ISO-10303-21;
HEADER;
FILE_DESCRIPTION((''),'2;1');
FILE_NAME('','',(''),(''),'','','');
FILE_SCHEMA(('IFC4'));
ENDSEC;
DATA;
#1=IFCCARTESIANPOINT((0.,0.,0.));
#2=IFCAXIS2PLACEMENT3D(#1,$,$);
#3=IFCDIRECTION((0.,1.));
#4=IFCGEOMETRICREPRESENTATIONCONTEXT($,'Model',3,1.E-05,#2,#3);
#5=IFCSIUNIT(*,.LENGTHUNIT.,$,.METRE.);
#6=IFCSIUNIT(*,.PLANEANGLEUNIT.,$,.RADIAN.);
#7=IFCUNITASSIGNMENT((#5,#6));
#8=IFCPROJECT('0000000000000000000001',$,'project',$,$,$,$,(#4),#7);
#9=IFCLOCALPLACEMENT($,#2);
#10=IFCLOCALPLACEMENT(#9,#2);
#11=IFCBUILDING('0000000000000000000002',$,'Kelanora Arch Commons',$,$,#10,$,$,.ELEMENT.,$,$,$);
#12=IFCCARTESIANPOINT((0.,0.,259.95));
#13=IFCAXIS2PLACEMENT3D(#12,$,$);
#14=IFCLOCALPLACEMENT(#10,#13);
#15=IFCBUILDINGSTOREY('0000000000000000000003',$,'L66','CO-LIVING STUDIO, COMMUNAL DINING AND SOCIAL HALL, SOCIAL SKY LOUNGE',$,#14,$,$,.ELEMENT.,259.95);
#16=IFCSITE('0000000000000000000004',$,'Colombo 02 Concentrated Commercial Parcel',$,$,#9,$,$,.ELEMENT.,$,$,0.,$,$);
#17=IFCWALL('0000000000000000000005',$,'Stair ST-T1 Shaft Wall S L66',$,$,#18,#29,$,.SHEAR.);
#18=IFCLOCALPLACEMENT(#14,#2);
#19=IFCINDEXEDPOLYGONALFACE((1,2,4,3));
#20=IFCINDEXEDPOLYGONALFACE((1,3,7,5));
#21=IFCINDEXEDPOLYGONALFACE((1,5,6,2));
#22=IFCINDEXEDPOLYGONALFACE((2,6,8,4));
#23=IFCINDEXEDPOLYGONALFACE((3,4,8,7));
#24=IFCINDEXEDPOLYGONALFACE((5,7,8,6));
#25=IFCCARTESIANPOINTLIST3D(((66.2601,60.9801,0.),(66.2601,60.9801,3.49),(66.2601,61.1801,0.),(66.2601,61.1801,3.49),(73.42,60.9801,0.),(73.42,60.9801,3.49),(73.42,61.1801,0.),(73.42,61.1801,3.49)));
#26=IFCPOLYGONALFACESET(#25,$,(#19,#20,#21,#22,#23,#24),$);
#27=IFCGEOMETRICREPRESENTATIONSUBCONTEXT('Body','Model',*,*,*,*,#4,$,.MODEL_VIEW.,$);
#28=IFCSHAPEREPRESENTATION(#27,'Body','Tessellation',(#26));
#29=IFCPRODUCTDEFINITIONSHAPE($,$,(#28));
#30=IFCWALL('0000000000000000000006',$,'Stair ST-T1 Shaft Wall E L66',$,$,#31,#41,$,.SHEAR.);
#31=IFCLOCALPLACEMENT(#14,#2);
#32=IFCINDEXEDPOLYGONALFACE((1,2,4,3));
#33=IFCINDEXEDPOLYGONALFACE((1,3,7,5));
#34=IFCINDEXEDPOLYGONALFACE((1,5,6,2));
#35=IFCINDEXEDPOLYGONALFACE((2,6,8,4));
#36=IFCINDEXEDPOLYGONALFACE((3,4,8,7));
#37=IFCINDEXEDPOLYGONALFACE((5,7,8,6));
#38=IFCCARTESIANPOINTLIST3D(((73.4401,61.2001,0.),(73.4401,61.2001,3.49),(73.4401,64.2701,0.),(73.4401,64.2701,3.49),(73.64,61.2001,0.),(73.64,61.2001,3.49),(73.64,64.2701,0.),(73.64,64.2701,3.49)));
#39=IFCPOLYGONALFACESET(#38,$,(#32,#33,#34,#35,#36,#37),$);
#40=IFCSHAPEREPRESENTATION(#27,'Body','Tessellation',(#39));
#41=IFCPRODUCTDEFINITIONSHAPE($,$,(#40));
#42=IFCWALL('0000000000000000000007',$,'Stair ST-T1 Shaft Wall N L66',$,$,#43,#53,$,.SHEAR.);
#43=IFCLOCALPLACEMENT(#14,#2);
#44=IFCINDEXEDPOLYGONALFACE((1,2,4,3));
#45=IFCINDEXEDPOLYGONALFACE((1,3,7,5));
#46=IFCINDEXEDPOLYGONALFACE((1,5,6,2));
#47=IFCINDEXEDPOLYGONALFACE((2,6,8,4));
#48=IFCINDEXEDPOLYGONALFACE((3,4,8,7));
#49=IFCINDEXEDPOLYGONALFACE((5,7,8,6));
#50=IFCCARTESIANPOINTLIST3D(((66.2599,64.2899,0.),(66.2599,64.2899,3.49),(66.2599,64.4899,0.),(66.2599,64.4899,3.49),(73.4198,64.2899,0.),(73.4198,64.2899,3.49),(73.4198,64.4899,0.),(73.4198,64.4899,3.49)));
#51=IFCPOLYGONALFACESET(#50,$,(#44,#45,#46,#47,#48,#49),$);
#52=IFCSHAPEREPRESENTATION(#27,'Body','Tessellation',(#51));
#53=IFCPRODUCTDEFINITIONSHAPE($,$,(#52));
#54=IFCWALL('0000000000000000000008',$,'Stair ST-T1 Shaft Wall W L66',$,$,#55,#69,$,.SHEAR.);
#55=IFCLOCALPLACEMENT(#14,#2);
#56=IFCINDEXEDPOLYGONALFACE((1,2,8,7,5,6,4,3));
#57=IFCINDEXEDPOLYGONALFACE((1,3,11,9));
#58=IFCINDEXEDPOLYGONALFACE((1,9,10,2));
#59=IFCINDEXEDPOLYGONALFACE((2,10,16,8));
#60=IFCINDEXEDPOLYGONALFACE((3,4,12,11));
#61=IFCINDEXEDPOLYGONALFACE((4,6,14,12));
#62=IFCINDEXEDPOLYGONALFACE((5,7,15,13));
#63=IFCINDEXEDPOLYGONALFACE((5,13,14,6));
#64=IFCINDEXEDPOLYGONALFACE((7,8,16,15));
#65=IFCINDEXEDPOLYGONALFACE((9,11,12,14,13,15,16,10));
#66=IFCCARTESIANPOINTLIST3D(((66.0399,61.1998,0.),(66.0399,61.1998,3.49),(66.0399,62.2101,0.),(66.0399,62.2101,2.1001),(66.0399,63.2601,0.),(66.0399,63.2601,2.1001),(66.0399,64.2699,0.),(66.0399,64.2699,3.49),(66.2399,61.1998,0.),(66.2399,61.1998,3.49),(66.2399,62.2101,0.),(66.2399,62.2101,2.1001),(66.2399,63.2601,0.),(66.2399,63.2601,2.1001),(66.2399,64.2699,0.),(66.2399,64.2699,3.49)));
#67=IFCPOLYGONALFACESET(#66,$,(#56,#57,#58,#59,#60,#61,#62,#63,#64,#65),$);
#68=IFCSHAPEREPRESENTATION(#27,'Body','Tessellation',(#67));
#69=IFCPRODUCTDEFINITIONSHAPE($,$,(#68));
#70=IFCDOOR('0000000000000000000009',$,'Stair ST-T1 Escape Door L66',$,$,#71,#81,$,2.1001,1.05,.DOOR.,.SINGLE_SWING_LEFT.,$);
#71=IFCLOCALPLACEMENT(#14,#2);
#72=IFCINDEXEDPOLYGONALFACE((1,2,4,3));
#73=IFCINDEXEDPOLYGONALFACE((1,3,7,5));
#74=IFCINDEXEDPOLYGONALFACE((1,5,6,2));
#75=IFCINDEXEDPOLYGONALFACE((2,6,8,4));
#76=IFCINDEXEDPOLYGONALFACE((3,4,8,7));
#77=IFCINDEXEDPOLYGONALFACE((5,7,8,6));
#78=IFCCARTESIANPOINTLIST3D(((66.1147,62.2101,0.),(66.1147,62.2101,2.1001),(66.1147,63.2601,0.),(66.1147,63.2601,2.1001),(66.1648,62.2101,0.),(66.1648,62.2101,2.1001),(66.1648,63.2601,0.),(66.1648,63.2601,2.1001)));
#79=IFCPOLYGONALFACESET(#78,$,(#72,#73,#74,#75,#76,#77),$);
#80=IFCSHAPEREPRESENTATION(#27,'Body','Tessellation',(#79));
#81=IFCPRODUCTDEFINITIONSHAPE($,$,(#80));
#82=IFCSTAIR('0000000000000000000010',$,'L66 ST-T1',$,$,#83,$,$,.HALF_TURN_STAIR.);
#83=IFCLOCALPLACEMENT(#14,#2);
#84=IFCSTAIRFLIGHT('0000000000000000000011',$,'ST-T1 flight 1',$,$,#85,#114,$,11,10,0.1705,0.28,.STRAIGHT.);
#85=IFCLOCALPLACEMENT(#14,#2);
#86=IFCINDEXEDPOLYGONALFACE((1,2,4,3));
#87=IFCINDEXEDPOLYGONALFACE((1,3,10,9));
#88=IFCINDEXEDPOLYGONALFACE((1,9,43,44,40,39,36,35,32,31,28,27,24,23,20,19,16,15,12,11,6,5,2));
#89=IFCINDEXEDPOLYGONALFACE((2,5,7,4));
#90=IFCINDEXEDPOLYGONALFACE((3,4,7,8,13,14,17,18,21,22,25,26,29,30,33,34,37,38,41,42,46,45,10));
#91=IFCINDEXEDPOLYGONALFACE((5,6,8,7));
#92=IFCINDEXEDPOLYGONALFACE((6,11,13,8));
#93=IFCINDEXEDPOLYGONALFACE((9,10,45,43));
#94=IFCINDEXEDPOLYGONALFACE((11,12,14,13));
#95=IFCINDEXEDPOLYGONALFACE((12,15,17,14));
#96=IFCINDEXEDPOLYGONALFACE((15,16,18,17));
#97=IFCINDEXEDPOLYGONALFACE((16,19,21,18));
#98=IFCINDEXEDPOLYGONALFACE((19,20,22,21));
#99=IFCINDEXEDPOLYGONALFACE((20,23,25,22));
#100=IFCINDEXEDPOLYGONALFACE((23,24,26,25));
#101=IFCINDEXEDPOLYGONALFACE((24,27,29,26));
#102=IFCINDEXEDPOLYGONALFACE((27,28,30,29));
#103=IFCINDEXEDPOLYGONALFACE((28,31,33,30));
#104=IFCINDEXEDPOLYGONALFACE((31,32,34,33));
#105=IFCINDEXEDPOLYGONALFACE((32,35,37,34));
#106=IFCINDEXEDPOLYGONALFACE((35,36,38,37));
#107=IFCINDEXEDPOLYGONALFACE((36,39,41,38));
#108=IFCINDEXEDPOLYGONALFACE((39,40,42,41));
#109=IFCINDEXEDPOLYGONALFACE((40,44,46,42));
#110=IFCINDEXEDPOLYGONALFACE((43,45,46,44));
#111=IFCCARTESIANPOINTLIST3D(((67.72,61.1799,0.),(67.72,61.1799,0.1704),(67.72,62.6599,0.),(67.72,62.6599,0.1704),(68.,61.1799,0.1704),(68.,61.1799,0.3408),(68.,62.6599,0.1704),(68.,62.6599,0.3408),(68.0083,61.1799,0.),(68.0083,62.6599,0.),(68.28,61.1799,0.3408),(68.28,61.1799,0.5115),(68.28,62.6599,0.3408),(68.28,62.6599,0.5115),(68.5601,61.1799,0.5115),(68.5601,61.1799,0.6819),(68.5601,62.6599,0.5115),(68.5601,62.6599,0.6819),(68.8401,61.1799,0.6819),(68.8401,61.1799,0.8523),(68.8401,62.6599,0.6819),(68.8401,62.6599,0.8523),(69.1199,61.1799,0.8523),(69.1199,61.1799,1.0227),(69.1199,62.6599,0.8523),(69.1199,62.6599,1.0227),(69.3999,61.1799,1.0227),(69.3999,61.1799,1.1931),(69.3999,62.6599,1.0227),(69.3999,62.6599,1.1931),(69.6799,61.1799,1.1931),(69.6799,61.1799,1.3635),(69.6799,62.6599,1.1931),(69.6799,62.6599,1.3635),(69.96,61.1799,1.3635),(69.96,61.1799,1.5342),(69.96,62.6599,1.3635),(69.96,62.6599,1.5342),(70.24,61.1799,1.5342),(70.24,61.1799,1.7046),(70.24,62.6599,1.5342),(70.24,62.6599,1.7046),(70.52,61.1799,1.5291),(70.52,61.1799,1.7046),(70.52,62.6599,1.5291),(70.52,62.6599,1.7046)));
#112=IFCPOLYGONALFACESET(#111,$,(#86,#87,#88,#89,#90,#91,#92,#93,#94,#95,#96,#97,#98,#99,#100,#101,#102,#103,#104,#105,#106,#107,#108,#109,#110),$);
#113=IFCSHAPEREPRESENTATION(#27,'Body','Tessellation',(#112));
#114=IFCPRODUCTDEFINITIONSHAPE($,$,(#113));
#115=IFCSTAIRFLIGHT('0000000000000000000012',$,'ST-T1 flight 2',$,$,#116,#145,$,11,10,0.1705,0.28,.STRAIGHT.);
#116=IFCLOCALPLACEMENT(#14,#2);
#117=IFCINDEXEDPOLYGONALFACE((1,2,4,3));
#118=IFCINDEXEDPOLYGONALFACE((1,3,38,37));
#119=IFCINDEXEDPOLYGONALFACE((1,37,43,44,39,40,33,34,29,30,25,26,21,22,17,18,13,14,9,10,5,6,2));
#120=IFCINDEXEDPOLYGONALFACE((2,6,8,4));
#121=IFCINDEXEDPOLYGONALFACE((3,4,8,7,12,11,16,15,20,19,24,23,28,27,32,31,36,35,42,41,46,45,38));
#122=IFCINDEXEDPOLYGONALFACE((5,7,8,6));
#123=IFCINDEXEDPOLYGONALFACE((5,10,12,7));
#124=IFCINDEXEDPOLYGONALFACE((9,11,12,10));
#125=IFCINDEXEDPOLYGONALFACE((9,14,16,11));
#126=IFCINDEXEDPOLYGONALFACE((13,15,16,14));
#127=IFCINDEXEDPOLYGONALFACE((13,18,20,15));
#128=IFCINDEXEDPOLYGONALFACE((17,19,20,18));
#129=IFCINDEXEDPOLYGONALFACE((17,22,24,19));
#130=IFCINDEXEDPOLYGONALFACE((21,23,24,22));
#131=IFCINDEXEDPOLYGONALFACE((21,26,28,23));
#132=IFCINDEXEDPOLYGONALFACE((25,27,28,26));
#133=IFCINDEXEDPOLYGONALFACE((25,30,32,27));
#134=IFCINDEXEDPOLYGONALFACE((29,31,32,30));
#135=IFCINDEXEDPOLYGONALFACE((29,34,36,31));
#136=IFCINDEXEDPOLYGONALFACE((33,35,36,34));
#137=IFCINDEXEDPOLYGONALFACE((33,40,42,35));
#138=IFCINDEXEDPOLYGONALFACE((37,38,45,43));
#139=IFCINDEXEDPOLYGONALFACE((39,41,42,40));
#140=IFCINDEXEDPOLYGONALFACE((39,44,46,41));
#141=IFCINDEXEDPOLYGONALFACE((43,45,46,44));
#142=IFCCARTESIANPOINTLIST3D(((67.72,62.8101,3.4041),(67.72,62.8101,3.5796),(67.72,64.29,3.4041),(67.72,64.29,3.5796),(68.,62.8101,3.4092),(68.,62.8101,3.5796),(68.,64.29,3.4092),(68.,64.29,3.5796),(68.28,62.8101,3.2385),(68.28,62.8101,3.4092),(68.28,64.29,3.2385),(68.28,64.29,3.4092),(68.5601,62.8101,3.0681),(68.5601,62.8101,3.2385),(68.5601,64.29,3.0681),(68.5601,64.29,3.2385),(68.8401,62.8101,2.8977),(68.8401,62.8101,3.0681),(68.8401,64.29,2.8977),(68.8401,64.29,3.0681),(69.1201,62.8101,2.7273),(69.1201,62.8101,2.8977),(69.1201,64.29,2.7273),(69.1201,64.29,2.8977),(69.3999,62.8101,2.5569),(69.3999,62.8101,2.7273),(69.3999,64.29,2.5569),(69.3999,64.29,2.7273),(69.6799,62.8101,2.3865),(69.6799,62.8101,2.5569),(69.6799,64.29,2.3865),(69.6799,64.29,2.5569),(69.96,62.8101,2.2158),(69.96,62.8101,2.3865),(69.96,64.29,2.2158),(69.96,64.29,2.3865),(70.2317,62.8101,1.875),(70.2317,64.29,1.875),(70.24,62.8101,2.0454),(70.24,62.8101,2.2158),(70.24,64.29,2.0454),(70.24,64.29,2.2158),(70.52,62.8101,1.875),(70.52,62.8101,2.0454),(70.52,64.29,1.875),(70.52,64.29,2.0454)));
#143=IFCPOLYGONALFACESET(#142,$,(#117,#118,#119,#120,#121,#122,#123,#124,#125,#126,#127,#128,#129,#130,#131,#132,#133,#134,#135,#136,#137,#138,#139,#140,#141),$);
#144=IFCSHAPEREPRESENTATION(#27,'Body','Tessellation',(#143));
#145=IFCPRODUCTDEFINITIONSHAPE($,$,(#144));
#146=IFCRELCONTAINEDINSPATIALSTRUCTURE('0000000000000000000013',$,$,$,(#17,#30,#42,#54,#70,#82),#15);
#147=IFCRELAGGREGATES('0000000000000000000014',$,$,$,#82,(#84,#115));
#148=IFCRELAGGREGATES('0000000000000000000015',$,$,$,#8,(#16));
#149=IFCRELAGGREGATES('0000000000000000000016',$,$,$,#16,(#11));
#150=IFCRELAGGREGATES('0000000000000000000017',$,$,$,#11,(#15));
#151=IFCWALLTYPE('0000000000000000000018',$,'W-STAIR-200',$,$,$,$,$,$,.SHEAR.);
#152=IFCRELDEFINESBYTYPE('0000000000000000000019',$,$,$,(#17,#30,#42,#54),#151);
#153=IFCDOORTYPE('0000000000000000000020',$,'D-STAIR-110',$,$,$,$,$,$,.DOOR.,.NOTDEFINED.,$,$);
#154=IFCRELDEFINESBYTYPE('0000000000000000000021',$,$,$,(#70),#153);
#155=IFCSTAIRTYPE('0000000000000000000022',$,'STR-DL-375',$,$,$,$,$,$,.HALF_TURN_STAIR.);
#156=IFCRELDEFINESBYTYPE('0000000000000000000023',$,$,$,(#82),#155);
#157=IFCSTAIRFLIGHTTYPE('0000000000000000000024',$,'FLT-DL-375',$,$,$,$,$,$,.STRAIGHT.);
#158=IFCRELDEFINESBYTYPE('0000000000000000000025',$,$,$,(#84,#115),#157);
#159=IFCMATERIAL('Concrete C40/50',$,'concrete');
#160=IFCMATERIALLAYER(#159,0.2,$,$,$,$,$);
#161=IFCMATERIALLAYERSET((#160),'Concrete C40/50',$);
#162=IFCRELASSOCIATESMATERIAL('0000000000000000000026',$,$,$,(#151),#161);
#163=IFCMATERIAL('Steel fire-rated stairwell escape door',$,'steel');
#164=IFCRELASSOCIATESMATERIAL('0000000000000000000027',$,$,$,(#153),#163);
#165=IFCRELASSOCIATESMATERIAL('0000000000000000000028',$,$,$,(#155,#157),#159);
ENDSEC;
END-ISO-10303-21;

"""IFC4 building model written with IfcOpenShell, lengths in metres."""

from ifc_helpers import new_model, si_unit, direction, frame, frame_2d, origin, place, context, subcontext, project, spatial, polyline, rectangle, outline, extrude, material, layer, layer_set, type_object, element, fill, aggregate, save


model = new_model("IFC4")

# Units and contexts
model_context = context("Model", 3, precision=1e-05, world=origin(), true_north=direction((0.0, 1.0)))
body_context = subcontext(model_context, "Body", "Model", "MODEL_VIEW")
ifc_project = project(units=[si_unit("LENGTHUNIT", "METRE"), si_unit("PLANEANGLEUNIT", "RADIAN")], contexts=[model_context])

# Site, building, storey
site_placement = place(None, origin())
site = spatial("IfcSite", under=ifc_project, at=site_placement, Name="Colombo 02 Concentrated Commercial Parcel", CompositionType="ELEMENT", RefElevation=0.0)
building_placement = place(site_placement, origin())
building = spatial("IfcBuilding", under=site, at=building_placement, Name="Kelanora Arch Commons", CompositionType="ELEMENT")
storey_placement = place(building_placement, frame((0.0, 0.0, 259.95)))
storey = spatial("IfcBuildingStorey", under=building, at=storey_placement, Name="L66", Description="CO-LIVING STUDIO, COMMUNAL DINING AND SOCIAL HALL, SOCIAL SKY LOUNGE", CompositionType="ELEMENT", Elevation=259.95)

# Walls
ifc_material_1 = material(Name="Concrete C40/50", Category="concrete")
ifc_layer_1 = layer(ifc_material_1, 0.2)
ifc_layer_set_1 = layer_set([ifc_layer_1], Name="Concrete C40/50")
wall_type_1 = type_object("IfcWallType", Name="W-STAIR-200", PredefinedType="SHEAR", material=ifc_layer_set_1)
wall_1_placement = place(storey_placement, frame((66.26, 61.0801, 0.0), z_axis=(0.0, 0.0, 1.0), x_axis=(1.0, 0.0, 0.0)))
element("IfcWall", 1, at=wall_1_placement, inside=storey, type_object=wall_type_1, Name="Stair ST-T1 Shaft Wall S L66", PredefinedType="SHEAR", context=body_context, shape_type="SweptSolid", body=[
    extrude(rectangle(XDim=7.1599, YDim=0.2, at=frame_2d((3.5801, 0.0))), origin(), (0.0, 0.0, 1.0), 3.49),
])
wall_2_placement = place(storey_placement, frame((73.54, 61.2, 0.0), z_axis=(0.0, 0.0, 1.0), x_axis=(0.0, 1.0, 0.0)))
element("IfcWall", 2, at=wall_2_placement, inside=storey, type_object=wall_type_1, Name="Stair ST-T1 Shaft Wall E L66", PredefinedType="SHEAR", context=body_context, shape_type="SweptSolid", body=[
    extrude(rectangle(XDim=3.0701, YDim=0.2, at=frame_2d((1.5352, 0.0))), origin(), (0.0, 0.0, 1.0), 3.49),
])
wall_3_placement = place(storey_placement, frame((73.4199, 64.3899, 0.0), z_axis=(0.0, 0.0, 1.0), x_axis=(-1.0, 0.0, 0.0)))
element("IfcWall", 3, at=wall_3_placement, inside=storey, type_object=wall_type_1, Name="Stair ST-T1 Shaft Wall N L66", PredefinedType="SHEAR", context=body_context, shape_type="SweptSolid", body=[
    extrude(rectangle(XDim=7.1599, YDim=0.2, at=frame_2d((3.5801, 0.0))), origin(), (0.0, 0.0, 1.0), 3.49),
])

# Wall, opening, door
wall_4_placement = place(storey_placement, frame((66.1399, 64.27, 0.0), z_axis=(0.0, 0.0, 1.0), x_axis=(0.0, -1.0, 0.0)))
wall_4 = element("IfcWall", 4, at=wall_4_placement, inside=storey, type_object=wall_type_1, Name="Stair ST-T1 Shaft Wall W L66", PredefinedType="SHEAR", context=body_context, shape_type="SweptSolid", body=[
    extrude(rectangle(XDim=3.0701, YDim=0.2, at=frame_2d((1.5352, 0.0))), origin(), (0.0, 0.0, 1.0), 3.49),
])
opening_1_placement = place(wall_4_placement, frame((1.01, 0.0, 0.0)))
opening_1 = element("IfcOpeningElement", 5, at=opening_1_placement, cuts=wall_4, PredefinedType="OPENING", context=body_context, shape_type="SweptSolid", body=[
    extrude(rectangle(XDim=1.05, YDim=2.1001, at=frame_2d((0.5249, 1.05))), frame((0.0, 0.1099, 0.0), z_axis=(0.0, -1.0, 0.0), x_axis=(1.0, 0.0, 0.0)), (0.0, 0.0, 1.0), 0.22),
])
ifc_material_2 = material(Name="Steel fire-rated stairwell escape door", Category="steel")
door_type_1 = type_object("IfcDoorType", Name="D-STAIR-110", OperationType="NOTDEFINED", PredefinedType="DOOR", material=ifc_material_2)
door_1_placement = place(opening_1_placement, origin())
door_1 = element("IfcDoor", 6, at=door_1_placement, inside=storey, type_object=door_type_1, Name="Stair ST-T1 Escape Door L66", OperationType="SINGLE_SWING_LEFT", OverallHeight=2.1001, OverallWidth=1.05, PredefinedType="DOOR", context=body_context, shape_type="SweptSolid", body=[
    extrude(rectangle(XDim=1.05, YDim=2.1001, at=frame_2d((0.5249, 1.05))), frame((0.0, 0.0249, 0.0), z_axis=(0.0, -1.0, 0.0), x_axis=(1.0, 0.0, 0.0)), (0.0, 0.0, 1.0), 0.05),
])
fill(opening_1, door_1)

# Stair, stair flights
stair_type = type_object("IfcStairType", Name="STR-DL-375", PredefinedType="HALF_TURN_STAIR", material=ifc_material_1)
stair_placement = place(storey_placement, origin())
stair = element("IfcStair", 7, at=stair_placement, inside=storey, type_object=stair_type, Name="L66 ST-T1", PredefinedType="HALF_TURN_STAIR")
stair_flight_type = type_object("IfcStairFlightType", Name="FLT-DL-375", PredefinedType="STRAIGHT", material=ifc_material_1)
stair_flight_1_placement = place(storey_placement, frame((67.72, 61.9199, 0.0), z_axis=(0.0, 0.0, 1.0), x_axis=(1.0, 0.0, 0.0)))
stair_flight_1 = element("IfcStairFlight", 8, at=stair_flight_1_placement, type_object=stair_flight_type, Name="ST-T1 flight 1", NumberOfRisers=11, NumberOfTreads=10, PredefinedType="STRAIGHT", RiserHeight=0.1705, TreadLength=0.28, context=body_context, shape_type="SweptSolid", body=[
    extrude(outline(polyline([(0.0, 0.0), (0.0, 0.1704), (0.28, 0.1704), (0.28, 0.3408), (0.5601, 0.3408), (0.5601, 0.5115), (0.8401, 0.5115), (0.8401, 0.6819), (1.1201, 0.6819), (1.1201, 0.8523), (1.3999, 0.8523), (1.3999, 1.0227), (1.6799, 1.0227), (1.6799, 1.1931), (1.96, 1.1931), (1.96, 1.3635), (2.24, 1.3635), (2.24, 1.5342), (2.52, 1.5342), (2.52, 1.7046), (2.8, 1.7046), (2.8, 1.875), (2.8, 1.5291), (0.2883, 0.0), (0.0, 0.0)])), frame((0.0, 0.74, 0.0), z_axis=(0.0, -1.0, 0.0), x_axis=(1.0, 0.0, 0.0)), (0.0, 0.0, 1.0), 1.48),
])
stair_flight_2_placement = place(storey_placement, frame((70.52, 63.55, 1.875), z_axis=(0.0, 0.0, 1.0), x_axis=(-1.0, 0.0, 0.0)))
stair_flight_2 = element("IfcStairFlight", 9, at=stair_flight_2_placement, type_object=stair_flight_type, Name="ST-T1 flight 2", NumberOfRisers=11, NumberOfTreads=10, PredefinedType="STRAIGHT", RiserHeight=0.1705, TreadLength=0.28, context=body_context, shape_type="SweptSolid", body=[
    extrude(outline(polyline([(0.0, 0.0), (0.0, 0.1704), (0.28, 0.1704), (0.28, 0.3408), (0.5601, 0.3408), (0.5601, 0.5115), (0.8401, 0.5115), (0.8401, 0.6819), (1.1201, 0.6819), (1.1201, 0.8523), (1.3999, 0.8523), (1.3999, 1.0227), (1.6799, 1.0227), (1.6799, 1.1931), (1.96, 1.1931), (1.96, 1.3635), (2.24, 1.3635), (2.24, 1.5342), (2.52, 1.5342), (2.52, 1.7046), (2.8, 1.7046), (2.8, 1.875), (2.8, 1.5291), (0.2883, 0.0), (0.0, 0.0)])), frame((0.0, 0.74, 0.0), z_axis=(0.0, -1.0, 0.0), x_axis=(1.0, 0.0, 0.0)), (0.0, 0.0, 1.0), 1.48),
])
aggregate(stair, [stair_flight_1, stair_flight_2])

save(model, "model.ifc")
